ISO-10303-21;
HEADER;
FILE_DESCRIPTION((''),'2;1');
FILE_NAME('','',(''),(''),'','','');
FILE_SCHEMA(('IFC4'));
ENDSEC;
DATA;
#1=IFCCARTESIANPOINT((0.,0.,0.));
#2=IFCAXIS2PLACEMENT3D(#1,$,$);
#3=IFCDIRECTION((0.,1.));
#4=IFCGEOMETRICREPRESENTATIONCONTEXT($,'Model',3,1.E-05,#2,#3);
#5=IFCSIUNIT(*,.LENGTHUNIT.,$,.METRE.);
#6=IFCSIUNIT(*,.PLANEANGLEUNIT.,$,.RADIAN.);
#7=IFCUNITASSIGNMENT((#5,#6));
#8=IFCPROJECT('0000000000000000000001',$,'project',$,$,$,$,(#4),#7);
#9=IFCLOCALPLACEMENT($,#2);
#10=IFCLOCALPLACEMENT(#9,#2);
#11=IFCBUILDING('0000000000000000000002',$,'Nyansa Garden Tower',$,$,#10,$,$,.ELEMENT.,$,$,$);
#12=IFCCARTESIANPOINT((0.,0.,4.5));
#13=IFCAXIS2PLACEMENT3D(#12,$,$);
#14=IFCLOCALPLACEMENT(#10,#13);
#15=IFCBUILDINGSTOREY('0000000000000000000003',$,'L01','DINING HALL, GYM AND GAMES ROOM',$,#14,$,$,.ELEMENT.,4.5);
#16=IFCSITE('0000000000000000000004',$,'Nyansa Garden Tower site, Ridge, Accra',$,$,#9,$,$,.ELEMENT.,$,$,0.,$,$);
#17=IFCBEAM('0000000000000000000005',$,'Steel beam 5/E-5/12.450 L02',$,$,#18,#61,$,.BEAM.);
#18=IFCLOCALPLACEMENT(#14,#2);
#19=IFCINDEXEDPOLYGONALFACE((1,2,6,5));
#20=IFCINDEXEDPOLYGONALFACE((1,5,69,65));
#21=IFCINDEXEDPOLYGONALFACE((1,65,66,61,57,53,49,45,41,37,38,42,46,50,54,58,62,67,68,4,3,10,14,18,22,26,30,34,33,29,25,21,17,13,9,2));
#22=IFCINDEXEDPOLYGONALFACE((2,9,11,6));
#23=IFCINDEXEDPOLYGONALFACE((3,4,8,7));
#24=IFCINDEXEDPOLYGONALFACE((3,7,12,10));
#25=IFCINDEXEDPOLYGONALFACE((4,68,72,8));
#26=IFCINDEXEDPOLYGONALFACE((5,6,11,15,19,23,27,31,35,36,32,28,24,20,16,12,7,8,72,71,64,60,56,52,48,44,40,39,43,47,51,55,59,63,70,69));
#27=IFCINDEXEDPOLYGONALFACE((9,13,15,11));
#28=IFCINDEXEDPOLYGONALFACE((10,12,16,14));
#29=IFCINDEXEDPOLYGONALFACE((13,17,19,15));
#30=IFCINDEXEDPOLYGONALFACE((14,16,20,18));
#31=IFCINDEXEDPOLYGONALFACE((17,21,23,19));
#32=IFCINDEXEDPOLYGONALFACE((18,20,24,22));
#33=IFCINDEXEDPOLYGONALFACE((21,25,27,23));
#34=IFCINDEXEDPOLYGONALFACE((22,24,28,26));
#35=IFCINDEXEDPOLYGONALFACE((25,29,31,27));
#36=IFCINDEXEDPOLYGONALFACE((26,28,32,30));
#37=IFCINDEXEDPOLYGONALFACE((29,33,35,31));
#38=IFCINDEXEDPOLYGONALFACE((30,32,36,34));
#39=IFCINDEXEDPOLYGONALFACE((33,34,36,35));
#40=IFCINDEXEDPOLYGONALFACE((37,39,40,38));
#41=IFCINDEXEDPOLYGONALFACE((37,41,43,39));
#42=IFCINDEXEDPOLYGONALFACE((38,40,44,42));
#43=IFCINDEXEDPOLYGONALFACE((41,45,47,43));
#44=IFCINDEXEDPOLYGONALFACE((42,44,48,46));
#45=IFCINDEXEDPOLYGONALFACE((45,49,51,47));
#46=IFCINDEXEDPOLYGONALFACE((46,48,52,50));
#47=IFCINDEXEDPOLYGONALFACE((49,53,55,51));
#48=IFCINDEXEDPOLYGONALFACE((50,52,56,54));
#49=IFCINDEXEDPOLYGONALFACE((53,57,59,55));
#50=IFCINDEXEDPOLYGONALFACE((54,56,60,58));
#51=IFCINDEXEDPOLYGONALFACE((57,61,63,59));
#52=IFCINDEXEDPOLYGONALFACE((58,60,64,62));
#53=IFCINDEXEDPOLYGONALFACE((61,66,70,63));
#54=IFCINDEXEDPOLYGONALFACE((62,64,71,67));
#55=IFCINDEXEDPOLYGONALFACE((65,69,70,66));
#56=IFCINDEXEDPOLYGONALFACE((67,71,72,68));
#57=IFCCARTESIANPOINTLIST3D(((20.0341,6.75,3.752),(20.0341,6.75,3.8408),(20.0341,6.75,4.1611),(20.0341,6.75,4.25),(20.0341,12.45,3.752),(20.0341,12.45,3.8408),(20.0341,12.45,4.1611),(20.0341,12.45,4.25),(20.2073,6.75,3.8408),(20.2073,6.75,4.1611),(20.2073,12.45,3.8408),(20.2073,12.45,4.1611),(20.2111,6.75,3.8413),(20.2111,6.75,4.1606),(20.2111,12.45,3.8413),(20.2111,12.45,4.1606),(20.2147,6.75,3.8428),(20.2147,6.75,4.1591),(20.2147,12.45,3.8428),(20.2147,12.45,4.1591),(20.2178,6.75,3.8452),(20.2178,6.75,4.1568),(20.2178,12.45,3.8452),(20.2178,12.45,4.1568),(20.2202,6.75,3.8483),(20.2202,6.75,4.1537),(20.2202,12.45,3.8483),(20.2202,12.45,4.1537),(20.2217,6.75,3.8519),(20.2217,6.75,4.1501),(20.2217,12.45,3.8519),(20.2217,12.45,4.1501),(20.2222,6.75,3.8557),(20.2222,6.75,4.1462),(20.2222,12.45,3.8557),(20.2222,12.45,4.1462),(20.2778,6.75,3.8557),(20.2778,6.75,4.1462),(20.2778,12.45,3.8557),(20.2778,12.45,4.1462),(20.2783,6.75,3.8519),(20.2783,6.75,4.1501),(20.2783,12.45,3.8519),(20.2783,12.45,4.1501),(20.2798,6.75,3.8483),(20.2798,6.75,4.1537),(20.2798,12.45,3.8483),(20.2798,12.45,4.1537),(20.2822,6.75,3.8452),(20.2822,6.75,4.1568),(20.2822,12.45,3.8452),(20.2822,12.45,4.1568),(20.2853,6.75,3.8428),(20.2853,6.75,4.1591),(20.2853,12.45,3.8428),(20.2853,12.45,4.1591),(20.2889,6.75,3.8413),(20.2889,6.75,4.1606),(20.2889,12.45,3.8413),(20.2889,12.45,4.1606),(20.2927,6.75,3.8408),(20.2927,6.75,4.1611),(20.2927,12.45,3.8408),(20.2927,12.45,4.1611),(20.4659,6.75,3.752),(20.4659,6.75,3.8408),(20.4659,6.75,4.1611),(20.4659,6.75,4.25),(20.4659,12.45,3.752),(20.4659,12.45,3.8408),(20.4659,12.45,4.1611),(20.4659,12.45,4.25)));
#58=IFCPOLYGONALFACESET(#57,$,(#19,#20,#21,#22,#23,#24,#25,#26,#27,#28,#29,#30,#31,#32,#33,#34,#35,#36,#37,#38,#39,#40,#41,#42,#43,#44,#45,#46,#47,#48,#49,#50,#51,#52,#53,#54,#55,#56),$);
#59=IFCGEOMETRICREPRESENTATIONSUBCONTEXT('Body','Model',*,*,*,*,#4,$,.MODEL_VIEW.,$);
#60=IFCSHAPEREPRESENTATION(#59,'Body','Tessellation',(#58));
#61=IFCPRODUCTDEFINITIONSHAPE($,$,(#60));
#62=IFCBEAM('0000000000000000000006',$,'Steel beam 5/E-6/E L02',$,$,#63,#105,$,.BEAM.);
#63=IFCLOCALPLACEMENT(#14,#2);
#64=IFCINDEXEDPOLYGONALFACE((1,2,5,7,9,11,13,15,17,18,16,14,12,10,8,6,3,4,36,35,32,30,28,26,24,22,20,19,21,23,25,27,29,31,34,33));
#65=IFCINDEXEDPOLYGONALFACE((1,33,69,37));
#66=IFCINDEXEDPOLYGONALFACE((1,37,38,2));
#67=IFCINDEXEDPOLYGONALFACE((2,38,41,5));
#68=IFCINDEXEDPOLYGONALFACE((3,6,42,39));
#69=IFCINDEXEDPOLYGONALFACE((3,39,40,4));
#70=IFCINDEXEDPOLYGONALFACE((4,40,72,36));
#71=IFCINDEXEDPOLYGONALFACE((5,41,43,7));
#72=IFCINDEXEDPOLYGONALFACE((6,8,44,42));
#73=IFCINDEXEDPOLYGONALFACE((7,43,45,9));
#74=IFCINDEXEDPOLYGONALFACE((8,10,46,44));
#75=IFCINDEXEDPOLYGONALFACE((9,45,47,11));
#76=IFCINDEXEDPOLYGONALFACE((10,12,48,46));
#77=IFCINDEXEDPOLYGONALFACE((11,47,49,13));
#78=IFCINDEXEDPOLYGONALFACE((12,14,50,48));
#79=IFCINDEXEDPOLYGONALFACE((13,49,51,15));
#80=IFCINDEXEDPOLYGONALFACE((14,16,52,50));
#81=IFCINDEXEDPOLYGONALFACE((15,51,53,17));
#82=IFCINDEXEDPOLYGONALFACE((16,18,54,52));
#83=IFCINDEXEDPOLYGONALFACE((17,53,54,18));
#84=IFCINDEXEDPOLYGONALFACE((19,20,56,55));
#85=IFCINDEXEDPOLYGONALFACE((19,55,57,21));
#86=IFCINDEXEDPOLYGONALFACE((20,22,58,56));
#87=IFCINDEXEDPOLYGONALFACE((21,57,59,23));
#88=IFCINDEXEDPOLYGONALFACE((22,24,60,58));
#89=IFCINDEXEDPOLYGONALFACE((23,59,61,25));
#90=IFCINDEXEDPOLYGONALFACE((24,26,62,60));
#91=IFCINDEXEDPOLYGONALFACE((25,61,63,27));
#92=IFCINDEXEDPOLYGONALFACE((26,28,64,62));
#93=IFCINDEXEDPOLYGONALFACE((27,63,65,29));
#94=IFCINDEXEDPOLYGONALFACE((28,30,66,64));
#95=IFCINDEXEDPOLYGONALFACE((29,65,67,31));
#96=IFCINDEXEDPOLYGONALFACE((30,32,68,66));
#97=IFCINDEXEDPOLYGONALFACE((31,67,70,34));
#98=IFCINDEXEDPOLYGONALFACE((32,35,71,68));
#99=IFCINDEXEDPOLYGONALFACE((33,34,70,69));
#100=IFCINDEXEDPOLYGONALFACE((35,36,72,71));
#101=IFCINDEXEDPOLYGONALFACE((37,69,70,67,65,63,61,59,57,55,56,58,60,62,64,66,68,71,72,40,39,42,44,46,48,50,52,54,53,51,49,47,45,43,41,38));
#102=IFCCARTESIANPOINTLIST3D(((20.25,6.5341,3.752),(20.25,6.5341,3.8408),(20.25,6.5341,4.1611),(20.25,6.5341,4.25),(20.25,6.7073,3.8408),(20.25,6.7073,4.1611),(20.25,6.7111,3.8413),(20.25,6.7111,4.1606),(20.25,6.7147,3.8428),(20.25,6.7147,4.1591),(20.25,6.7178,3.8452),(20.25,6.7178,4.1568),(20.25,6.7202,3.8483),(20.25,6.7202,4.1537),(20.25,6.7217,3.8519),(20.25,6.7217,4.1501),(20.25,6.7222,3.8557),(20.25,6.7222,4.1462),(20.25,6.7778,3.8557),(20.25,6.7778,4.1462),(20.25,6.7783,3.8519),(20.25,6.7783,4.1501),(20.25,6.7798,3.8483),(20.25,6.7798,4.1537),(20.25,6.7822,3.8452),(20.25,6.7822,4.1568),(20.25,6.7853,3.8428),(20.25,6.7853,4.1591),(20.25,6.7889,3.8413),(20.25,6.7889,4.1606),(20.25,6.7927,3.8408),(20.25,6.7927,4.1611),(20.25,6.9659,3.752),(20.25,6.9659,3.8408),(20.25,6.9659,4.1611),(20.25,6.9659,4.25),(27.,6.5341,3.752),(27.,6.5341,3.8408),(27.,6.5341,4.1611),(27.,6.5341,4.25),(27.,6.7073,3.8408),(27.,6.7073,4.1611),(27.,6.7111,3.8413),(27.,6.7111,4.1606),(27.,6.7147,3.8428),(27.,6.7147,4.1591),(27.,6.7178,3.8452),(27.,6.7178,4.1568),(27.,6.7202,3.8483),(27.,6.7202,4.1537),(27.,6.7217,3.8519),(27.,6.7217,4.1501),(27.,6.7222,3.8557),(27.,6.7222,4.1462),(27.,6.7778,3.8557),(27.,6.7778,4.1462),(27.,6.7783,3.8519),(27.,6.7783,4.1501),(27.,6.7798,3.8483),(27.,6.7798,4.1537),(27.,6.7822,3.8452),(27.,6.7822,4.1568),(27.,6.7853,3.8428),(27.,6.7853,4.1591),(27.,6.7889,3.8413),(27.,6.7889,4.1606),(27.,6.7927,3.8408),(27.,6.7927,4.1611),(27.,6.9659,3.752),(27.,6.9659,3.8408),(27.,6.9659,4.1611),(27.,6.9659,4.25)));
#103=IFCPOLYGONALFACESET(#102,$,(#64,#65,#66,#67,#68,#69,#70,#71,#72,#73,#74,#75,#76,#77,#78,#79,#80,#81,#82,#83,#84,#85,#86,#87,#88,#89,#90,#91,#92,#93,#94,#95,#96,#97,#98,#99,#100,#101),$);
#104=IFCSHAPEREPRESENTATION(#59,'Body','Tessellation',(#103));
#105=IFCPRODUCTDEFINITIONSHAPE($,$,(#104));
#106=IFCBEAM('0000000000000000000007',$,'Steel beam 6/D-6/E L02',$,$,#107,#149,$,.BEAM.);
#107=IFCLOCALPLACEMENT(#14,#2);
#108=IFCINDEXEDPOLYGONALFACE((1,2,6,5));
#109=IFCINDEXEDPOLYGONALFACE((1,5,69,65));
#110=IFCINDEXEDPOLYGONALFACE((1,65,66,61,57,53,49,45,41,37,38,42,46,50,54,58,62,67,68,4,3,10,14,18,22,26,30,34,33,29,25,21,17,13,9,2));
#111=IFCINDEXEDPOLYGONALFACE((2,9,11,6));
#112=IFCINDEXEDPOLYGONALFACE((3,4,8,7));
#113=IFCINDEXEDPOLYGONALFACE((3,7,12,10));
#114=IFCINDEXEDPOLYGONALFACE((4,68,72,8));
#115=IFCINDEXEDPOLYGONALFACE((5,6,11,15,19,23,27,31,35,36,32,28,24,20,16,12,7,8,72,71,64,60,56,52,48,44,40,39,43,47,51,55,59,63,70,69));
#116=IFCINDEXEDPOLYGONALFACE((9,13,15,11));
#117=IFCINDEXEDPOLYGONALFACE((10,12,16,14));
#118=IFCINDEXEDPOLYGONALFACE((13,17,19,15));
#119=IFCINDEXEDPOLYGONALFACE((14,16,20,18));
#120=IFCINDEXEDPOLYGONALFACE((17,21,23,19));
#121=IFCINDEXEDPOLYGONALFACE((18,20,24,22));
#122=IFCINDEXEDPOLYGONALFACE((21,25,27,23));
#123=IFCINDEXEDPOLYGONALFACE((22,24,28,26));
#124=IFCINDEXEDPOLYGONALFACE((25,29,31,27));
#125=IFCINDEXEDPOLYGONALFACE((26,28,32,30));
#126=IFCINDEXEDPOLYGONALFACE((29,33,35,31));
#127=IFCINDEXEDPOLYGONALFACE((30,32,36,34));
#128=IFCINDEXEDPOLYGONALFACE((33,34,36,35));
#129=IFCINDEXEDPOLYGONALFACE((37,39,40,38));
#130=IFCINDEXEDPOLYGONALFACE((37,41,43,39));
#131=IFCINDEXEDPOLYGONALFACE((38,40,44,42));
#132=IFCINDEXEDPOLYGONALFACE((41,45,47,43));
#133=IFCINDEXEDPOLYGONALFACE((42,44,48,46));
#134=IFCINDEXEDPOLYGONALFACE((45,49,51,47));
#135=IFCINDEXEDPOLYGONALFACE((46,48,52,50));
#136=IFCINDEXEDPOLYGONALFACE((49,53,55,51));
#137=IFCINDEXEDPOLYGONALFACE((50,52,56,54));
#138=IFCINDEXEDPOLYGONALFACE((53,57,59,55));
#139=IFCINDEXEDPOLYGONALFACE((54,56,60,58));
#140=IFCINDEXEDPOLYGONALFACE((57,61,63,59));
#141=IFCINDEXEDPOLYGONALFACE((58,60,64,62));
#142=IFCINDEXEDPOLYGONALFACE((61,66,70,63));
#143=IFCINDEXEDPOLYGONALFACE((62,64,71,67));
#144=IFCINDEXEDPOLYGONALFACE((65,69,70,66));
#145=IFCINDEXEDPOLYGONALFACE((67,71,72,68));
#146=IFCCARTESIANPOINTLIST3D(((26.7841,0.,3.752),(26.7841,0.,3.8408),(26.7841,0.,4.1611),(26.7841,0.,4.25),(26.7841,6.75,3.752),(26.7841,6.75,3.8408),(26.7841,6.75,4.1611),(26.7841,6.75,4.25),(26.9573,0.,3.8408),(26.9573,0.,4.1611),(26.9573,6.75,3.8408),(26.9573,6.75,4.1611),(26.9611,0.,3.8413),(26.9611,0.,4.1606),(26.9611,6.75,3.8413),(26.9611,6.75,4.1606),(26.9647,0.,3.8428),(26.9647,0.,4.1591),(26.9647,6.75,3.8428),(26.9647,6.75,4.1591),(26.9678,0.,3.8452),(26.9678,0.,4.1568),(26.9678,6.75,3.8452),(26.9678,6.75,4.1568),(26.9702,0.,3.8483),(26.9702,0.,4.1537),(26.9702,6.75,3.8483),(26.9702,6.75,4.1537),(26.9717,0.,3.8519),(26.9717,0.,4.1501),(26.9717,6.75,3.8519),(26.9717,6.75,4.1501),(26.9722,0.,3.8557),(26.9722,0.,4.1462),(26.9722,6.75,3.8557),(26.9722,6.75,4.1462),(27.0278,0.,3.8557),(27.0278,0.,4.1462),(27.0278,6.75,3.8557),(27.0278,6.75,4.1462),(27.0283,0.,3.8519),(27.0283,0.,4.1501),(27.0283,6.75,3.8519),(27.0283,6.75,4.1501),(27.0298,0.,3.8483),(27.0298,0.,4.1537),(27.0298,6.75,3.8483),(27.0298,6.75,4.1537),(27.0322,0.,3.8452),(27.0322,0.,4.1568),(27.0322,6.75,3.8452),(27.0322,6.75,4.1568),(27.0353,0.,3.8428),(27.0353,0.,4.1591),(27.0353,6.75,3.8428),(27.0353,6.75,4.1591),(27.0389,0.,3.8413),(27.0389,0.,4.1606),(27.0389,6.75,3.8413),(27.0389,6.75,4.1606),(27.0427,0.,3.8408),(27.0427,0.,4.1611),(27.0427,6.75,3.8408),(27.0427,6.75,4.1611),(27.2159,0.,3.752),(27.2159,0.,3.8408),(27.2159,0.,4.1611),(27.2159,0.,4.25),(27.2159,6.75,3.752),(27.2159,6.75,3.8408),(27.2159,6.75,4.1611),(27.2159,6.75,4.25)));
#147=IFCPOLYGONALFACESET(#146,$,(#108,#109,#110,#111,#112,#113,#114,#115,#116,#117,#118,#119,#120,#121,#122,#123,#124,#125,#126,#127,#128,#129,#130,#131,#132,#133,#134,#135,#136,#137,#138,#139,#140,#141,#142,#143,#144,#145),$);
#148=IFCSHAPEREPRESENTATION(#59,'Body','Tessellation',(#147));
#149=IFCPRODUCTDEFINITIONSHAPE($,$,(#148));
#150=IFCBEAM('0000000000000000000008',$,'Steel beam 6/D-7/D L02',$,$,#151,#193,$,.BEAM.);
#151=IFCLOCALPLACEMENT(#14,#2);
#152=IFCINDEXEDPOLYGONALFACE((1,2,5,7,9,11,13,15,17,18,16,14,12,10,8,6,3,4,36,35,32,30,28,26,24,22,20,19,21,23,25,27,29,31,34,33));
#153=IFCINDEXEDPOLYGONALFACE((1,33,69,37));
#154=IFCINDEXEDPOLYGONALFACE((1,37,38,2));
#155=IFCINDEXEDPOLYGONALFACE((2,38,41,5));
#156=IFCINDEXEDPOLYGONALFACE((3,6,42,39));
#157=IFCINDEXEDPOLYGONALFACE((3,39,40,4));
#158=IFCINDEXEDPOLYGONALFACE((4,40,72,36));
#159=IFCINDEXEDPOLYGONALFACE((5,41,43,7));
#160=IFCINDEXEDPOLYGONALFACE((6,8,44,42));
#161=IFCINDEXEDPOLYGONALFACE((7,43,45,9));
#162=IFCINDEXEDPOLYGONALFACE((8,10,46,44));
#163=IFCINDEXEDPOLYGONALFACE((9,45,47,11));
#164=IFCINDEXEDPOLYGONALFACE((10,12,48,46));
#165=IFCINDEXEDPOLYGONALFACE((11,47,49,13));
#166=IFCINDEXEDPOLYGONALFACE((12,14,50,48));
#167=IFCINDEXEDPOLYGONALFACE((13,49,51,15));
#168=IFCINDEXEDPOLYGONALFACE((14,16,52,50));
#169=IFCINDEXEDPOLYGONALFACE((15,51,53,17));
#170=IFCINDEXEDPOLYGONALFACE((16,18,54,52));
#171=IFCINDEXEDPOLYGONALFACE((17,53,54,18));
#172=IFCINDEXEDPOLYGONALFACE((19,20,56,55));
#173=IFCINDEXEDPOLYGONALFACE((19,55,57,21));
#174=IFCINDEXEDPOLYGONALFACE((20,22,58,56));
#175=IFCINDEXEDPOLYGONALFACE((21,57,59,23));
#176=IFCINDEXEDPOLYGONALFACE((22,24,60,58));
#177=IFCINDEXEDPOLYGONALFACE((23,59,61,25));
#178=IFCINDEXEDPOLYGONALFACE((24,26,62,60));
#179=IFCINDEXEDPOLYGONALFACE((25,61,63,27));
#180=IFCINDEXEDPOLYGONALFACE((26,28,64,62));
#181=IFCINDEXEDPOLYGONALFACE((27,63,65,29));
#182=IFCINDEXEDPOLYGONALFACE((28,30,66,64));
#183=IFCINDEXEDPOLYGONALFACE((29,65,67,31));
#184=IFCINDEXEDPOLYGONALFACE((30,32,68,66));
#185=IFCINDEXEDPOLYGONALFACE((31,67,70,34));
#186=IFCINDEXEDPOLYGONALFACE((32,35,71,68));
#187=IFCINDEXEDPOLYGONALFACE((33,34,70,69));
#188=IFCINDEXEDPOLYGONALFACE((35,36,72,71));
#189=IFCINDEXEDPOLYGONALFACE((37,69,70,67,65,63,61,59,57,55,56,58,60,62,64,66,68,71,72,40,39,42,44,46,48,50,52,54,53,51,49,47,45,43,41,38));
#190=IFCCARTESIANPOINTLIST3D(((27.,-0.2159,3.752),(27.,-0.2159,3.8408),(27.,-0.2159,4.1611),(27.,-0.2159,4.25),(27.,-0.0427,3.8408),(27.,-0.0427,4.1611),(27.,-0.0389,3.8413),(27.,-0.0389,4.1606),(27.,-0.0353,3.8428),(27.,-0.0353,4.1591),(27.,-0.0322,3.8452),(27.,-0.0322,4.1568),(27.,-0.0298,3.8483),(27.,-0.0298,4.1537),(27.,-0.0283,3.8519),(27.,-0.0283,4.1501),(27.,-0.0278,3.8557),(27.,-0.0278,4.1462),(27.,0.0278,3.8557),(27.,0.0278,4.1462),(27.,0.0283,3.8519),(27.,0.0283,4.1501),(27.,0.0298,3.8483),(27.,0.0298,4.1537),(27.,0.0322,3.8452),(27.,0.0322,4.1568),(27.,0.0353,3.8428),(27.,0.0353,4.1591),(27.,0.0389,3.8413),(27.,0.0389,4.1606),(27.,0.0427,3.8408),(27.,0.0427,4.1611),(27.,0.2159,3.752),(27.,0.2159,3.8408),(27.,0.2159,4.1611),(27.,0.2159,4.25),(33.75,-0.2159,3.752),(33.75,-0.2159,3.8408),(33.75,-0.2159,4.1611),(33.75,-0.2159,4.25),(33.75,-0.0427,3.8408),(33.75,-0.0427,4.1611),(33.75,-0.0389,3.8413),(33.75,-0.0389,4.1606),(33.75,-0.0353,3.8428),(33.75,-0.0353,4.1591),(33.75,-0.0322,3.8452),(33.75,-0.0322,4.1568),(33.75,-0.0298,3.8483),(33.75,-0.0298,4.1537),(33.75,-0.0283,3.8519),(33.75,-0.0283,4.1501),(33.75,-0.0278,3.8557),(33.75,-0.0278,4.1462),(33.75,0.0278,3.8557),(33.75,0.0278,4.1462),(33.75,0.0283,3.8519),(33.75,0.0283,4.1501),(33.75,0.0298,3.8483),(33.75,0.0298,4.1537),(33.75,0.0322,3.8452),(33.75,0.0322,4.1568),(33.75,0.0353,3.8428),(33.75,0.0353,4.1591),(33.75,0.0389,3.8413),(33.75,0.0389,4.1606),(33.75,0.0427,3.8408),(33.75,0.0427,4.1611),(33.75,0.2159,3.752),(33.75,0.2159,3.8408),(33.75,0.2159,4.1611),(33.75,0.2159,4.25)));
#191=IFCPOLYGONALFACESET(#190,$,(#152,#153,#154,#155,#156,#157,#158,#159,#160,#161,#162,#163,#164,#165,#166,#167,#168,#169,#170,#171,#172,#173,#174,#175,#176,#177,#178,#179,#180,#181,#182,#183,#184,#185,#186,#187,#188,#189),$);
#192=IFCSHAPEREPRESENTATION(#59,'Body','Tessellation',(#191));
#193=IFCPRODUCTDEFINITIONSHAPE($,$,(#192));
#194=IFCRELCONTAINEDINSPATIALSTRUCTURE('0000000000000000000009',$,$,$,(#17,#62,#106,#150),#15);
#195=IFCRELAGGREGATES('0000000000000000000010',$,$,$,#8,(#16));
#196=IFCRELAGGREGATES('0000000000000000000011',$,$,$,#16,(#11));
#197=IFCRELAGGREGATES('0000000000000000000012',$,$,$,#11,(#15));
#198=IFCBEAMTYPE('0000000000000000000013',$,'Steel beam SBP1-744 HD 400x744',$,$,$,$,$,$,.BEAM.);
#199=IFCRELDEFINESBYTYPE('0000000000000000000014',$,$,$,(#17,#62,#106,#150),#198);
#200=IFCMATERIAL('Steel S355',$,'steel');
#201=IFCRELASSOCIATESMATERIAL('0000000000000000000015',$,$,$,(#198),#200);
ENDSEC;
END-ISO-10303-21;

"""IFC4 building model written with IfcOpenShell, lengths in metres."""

from ifc_helpers import new_model, si_unit, direction, frame, origin, origin_2d, place, context, subcontext, project, spatial, i_section, extrude, material, material_profile, profile_set, type_object, element, save


model = new_model("IFC4")

# Units and contexts
model_context = context("Model", 3, precision=1e-05, world=origin(), true_north=direction((0.0, 1.0)))
body_context = subcontext(model_context, "Body", "Model", "MODEL_VIEW")
ifc_project = project(units=[si_unit("LENGTHUNIT", "METRE"), si_unit("PLANEANGLEUNIT", "RADIAN")], contexts=[model_context])

# Site, building, storey
site_placement = place(None, origin())
site = spatial("IfcSite", under=ifc_project, at=site_placement, Name="Nyansa Garden Tower site, Ridge, Accra", CompositionType="ELEMENT", RefElevation=0.0)
building_placement = place(site_placement, origin())
building = spatial("IfcBuilding", under=site, at=building_placement, Name="Nyansa Garden Tower", CompositionType="ELEMENT")
storey_placement = place(building_placement, frame((0.0, 0.0, 4.5)))
storey = spatial("IfcBuildingStorey", under=building, at=storey_placement, Name="L01", Description="DINING HALL, GYM AND GAMES ROOM", CompositionType="ELEMENT", Elevation=4.5)

# Beams
ifc_material_1 = material(Name="Steel S355", Category="steel")
ifc_material_profile_1 = material_profile(ifc_material_1, i_section(OverallWidth=0.4319, OverallDepth=0.498, WebThickness=0.0557, FlangeThickness=0.0889, FilletRadius=0.0149, at=origin_2d()), Name="HD 400x744")
ifc_profile_set_1 = profile_set([ifc_material_profile_1], Name="Steel S355")
beam_type_1 = type_object("IfcBeamType", Name="Steel beam SBP1-744 HD 400x744", PredefinedType="BEAM", material=ifc_profile_set_1)
beam_1_placement = place(storey_placement, frame((20.25, 6.75, 4.001), z_axis=(0.0, 1.0, 0.0), x_axis=(-1.0, 0.0, 0.0)))
element("IfcBeam", 1, at=beam_1_placement, inside=storey, type_object=beam_type_1, Name="Steel beam 5/E-5/12.450 L02", PredefinedType="BEAM", context=body_context, shape_type="SweptSolid", body=[
    extrude(i_section(OverallWidth=0.4319, OverallDepth=0.498, WebThickness=0.0557, FlangeThickness=0.0889, FilletRadius=0.0149, at=origin_2d()), origin(), (0.0, 0.0, 1.0), 5.7),
])
for number, where, z_axis, x_axis, name in (
    (2, (20.25, 6.75, 4.001), (1.0, 0.0, 0.0), (0.0, 1.0, 0.0), "Steel beam 5/E-6/E L02"),
    (3, (27.0, 0.0, 4.001), (0.0, 1.0, 0.0), (-1.0, 0.0, 0.0), "Steel beam 6/D-6/E L02"),
    (4, (27.0, 0.0, 4.001), (1.0, 0.0, 0.0), (0.0, 1.0, 0.0), "Steel beam 6/D-7/D L02"),
):
    element("IfcBeam", number, at=place(storey_placement, frame(where, z_axis=z_axis, x_axis=x_axis)), inside=storey, type_object=beam_type_1, Name=name, PredefinedType="BEAM", context=body_context, shape_type="SweptSolid", body=[
        extrude(i_section(OverallWidth=0.4319, OverallDepth=0.498, WebThickness=0.0557, FlangeThickness=0.0889, FilletRadius=0.0149, at=origin_2d()), origin(), (0.0, 0.0, 1.0), 6.75),
    ])

save(model, "model.ifc")
